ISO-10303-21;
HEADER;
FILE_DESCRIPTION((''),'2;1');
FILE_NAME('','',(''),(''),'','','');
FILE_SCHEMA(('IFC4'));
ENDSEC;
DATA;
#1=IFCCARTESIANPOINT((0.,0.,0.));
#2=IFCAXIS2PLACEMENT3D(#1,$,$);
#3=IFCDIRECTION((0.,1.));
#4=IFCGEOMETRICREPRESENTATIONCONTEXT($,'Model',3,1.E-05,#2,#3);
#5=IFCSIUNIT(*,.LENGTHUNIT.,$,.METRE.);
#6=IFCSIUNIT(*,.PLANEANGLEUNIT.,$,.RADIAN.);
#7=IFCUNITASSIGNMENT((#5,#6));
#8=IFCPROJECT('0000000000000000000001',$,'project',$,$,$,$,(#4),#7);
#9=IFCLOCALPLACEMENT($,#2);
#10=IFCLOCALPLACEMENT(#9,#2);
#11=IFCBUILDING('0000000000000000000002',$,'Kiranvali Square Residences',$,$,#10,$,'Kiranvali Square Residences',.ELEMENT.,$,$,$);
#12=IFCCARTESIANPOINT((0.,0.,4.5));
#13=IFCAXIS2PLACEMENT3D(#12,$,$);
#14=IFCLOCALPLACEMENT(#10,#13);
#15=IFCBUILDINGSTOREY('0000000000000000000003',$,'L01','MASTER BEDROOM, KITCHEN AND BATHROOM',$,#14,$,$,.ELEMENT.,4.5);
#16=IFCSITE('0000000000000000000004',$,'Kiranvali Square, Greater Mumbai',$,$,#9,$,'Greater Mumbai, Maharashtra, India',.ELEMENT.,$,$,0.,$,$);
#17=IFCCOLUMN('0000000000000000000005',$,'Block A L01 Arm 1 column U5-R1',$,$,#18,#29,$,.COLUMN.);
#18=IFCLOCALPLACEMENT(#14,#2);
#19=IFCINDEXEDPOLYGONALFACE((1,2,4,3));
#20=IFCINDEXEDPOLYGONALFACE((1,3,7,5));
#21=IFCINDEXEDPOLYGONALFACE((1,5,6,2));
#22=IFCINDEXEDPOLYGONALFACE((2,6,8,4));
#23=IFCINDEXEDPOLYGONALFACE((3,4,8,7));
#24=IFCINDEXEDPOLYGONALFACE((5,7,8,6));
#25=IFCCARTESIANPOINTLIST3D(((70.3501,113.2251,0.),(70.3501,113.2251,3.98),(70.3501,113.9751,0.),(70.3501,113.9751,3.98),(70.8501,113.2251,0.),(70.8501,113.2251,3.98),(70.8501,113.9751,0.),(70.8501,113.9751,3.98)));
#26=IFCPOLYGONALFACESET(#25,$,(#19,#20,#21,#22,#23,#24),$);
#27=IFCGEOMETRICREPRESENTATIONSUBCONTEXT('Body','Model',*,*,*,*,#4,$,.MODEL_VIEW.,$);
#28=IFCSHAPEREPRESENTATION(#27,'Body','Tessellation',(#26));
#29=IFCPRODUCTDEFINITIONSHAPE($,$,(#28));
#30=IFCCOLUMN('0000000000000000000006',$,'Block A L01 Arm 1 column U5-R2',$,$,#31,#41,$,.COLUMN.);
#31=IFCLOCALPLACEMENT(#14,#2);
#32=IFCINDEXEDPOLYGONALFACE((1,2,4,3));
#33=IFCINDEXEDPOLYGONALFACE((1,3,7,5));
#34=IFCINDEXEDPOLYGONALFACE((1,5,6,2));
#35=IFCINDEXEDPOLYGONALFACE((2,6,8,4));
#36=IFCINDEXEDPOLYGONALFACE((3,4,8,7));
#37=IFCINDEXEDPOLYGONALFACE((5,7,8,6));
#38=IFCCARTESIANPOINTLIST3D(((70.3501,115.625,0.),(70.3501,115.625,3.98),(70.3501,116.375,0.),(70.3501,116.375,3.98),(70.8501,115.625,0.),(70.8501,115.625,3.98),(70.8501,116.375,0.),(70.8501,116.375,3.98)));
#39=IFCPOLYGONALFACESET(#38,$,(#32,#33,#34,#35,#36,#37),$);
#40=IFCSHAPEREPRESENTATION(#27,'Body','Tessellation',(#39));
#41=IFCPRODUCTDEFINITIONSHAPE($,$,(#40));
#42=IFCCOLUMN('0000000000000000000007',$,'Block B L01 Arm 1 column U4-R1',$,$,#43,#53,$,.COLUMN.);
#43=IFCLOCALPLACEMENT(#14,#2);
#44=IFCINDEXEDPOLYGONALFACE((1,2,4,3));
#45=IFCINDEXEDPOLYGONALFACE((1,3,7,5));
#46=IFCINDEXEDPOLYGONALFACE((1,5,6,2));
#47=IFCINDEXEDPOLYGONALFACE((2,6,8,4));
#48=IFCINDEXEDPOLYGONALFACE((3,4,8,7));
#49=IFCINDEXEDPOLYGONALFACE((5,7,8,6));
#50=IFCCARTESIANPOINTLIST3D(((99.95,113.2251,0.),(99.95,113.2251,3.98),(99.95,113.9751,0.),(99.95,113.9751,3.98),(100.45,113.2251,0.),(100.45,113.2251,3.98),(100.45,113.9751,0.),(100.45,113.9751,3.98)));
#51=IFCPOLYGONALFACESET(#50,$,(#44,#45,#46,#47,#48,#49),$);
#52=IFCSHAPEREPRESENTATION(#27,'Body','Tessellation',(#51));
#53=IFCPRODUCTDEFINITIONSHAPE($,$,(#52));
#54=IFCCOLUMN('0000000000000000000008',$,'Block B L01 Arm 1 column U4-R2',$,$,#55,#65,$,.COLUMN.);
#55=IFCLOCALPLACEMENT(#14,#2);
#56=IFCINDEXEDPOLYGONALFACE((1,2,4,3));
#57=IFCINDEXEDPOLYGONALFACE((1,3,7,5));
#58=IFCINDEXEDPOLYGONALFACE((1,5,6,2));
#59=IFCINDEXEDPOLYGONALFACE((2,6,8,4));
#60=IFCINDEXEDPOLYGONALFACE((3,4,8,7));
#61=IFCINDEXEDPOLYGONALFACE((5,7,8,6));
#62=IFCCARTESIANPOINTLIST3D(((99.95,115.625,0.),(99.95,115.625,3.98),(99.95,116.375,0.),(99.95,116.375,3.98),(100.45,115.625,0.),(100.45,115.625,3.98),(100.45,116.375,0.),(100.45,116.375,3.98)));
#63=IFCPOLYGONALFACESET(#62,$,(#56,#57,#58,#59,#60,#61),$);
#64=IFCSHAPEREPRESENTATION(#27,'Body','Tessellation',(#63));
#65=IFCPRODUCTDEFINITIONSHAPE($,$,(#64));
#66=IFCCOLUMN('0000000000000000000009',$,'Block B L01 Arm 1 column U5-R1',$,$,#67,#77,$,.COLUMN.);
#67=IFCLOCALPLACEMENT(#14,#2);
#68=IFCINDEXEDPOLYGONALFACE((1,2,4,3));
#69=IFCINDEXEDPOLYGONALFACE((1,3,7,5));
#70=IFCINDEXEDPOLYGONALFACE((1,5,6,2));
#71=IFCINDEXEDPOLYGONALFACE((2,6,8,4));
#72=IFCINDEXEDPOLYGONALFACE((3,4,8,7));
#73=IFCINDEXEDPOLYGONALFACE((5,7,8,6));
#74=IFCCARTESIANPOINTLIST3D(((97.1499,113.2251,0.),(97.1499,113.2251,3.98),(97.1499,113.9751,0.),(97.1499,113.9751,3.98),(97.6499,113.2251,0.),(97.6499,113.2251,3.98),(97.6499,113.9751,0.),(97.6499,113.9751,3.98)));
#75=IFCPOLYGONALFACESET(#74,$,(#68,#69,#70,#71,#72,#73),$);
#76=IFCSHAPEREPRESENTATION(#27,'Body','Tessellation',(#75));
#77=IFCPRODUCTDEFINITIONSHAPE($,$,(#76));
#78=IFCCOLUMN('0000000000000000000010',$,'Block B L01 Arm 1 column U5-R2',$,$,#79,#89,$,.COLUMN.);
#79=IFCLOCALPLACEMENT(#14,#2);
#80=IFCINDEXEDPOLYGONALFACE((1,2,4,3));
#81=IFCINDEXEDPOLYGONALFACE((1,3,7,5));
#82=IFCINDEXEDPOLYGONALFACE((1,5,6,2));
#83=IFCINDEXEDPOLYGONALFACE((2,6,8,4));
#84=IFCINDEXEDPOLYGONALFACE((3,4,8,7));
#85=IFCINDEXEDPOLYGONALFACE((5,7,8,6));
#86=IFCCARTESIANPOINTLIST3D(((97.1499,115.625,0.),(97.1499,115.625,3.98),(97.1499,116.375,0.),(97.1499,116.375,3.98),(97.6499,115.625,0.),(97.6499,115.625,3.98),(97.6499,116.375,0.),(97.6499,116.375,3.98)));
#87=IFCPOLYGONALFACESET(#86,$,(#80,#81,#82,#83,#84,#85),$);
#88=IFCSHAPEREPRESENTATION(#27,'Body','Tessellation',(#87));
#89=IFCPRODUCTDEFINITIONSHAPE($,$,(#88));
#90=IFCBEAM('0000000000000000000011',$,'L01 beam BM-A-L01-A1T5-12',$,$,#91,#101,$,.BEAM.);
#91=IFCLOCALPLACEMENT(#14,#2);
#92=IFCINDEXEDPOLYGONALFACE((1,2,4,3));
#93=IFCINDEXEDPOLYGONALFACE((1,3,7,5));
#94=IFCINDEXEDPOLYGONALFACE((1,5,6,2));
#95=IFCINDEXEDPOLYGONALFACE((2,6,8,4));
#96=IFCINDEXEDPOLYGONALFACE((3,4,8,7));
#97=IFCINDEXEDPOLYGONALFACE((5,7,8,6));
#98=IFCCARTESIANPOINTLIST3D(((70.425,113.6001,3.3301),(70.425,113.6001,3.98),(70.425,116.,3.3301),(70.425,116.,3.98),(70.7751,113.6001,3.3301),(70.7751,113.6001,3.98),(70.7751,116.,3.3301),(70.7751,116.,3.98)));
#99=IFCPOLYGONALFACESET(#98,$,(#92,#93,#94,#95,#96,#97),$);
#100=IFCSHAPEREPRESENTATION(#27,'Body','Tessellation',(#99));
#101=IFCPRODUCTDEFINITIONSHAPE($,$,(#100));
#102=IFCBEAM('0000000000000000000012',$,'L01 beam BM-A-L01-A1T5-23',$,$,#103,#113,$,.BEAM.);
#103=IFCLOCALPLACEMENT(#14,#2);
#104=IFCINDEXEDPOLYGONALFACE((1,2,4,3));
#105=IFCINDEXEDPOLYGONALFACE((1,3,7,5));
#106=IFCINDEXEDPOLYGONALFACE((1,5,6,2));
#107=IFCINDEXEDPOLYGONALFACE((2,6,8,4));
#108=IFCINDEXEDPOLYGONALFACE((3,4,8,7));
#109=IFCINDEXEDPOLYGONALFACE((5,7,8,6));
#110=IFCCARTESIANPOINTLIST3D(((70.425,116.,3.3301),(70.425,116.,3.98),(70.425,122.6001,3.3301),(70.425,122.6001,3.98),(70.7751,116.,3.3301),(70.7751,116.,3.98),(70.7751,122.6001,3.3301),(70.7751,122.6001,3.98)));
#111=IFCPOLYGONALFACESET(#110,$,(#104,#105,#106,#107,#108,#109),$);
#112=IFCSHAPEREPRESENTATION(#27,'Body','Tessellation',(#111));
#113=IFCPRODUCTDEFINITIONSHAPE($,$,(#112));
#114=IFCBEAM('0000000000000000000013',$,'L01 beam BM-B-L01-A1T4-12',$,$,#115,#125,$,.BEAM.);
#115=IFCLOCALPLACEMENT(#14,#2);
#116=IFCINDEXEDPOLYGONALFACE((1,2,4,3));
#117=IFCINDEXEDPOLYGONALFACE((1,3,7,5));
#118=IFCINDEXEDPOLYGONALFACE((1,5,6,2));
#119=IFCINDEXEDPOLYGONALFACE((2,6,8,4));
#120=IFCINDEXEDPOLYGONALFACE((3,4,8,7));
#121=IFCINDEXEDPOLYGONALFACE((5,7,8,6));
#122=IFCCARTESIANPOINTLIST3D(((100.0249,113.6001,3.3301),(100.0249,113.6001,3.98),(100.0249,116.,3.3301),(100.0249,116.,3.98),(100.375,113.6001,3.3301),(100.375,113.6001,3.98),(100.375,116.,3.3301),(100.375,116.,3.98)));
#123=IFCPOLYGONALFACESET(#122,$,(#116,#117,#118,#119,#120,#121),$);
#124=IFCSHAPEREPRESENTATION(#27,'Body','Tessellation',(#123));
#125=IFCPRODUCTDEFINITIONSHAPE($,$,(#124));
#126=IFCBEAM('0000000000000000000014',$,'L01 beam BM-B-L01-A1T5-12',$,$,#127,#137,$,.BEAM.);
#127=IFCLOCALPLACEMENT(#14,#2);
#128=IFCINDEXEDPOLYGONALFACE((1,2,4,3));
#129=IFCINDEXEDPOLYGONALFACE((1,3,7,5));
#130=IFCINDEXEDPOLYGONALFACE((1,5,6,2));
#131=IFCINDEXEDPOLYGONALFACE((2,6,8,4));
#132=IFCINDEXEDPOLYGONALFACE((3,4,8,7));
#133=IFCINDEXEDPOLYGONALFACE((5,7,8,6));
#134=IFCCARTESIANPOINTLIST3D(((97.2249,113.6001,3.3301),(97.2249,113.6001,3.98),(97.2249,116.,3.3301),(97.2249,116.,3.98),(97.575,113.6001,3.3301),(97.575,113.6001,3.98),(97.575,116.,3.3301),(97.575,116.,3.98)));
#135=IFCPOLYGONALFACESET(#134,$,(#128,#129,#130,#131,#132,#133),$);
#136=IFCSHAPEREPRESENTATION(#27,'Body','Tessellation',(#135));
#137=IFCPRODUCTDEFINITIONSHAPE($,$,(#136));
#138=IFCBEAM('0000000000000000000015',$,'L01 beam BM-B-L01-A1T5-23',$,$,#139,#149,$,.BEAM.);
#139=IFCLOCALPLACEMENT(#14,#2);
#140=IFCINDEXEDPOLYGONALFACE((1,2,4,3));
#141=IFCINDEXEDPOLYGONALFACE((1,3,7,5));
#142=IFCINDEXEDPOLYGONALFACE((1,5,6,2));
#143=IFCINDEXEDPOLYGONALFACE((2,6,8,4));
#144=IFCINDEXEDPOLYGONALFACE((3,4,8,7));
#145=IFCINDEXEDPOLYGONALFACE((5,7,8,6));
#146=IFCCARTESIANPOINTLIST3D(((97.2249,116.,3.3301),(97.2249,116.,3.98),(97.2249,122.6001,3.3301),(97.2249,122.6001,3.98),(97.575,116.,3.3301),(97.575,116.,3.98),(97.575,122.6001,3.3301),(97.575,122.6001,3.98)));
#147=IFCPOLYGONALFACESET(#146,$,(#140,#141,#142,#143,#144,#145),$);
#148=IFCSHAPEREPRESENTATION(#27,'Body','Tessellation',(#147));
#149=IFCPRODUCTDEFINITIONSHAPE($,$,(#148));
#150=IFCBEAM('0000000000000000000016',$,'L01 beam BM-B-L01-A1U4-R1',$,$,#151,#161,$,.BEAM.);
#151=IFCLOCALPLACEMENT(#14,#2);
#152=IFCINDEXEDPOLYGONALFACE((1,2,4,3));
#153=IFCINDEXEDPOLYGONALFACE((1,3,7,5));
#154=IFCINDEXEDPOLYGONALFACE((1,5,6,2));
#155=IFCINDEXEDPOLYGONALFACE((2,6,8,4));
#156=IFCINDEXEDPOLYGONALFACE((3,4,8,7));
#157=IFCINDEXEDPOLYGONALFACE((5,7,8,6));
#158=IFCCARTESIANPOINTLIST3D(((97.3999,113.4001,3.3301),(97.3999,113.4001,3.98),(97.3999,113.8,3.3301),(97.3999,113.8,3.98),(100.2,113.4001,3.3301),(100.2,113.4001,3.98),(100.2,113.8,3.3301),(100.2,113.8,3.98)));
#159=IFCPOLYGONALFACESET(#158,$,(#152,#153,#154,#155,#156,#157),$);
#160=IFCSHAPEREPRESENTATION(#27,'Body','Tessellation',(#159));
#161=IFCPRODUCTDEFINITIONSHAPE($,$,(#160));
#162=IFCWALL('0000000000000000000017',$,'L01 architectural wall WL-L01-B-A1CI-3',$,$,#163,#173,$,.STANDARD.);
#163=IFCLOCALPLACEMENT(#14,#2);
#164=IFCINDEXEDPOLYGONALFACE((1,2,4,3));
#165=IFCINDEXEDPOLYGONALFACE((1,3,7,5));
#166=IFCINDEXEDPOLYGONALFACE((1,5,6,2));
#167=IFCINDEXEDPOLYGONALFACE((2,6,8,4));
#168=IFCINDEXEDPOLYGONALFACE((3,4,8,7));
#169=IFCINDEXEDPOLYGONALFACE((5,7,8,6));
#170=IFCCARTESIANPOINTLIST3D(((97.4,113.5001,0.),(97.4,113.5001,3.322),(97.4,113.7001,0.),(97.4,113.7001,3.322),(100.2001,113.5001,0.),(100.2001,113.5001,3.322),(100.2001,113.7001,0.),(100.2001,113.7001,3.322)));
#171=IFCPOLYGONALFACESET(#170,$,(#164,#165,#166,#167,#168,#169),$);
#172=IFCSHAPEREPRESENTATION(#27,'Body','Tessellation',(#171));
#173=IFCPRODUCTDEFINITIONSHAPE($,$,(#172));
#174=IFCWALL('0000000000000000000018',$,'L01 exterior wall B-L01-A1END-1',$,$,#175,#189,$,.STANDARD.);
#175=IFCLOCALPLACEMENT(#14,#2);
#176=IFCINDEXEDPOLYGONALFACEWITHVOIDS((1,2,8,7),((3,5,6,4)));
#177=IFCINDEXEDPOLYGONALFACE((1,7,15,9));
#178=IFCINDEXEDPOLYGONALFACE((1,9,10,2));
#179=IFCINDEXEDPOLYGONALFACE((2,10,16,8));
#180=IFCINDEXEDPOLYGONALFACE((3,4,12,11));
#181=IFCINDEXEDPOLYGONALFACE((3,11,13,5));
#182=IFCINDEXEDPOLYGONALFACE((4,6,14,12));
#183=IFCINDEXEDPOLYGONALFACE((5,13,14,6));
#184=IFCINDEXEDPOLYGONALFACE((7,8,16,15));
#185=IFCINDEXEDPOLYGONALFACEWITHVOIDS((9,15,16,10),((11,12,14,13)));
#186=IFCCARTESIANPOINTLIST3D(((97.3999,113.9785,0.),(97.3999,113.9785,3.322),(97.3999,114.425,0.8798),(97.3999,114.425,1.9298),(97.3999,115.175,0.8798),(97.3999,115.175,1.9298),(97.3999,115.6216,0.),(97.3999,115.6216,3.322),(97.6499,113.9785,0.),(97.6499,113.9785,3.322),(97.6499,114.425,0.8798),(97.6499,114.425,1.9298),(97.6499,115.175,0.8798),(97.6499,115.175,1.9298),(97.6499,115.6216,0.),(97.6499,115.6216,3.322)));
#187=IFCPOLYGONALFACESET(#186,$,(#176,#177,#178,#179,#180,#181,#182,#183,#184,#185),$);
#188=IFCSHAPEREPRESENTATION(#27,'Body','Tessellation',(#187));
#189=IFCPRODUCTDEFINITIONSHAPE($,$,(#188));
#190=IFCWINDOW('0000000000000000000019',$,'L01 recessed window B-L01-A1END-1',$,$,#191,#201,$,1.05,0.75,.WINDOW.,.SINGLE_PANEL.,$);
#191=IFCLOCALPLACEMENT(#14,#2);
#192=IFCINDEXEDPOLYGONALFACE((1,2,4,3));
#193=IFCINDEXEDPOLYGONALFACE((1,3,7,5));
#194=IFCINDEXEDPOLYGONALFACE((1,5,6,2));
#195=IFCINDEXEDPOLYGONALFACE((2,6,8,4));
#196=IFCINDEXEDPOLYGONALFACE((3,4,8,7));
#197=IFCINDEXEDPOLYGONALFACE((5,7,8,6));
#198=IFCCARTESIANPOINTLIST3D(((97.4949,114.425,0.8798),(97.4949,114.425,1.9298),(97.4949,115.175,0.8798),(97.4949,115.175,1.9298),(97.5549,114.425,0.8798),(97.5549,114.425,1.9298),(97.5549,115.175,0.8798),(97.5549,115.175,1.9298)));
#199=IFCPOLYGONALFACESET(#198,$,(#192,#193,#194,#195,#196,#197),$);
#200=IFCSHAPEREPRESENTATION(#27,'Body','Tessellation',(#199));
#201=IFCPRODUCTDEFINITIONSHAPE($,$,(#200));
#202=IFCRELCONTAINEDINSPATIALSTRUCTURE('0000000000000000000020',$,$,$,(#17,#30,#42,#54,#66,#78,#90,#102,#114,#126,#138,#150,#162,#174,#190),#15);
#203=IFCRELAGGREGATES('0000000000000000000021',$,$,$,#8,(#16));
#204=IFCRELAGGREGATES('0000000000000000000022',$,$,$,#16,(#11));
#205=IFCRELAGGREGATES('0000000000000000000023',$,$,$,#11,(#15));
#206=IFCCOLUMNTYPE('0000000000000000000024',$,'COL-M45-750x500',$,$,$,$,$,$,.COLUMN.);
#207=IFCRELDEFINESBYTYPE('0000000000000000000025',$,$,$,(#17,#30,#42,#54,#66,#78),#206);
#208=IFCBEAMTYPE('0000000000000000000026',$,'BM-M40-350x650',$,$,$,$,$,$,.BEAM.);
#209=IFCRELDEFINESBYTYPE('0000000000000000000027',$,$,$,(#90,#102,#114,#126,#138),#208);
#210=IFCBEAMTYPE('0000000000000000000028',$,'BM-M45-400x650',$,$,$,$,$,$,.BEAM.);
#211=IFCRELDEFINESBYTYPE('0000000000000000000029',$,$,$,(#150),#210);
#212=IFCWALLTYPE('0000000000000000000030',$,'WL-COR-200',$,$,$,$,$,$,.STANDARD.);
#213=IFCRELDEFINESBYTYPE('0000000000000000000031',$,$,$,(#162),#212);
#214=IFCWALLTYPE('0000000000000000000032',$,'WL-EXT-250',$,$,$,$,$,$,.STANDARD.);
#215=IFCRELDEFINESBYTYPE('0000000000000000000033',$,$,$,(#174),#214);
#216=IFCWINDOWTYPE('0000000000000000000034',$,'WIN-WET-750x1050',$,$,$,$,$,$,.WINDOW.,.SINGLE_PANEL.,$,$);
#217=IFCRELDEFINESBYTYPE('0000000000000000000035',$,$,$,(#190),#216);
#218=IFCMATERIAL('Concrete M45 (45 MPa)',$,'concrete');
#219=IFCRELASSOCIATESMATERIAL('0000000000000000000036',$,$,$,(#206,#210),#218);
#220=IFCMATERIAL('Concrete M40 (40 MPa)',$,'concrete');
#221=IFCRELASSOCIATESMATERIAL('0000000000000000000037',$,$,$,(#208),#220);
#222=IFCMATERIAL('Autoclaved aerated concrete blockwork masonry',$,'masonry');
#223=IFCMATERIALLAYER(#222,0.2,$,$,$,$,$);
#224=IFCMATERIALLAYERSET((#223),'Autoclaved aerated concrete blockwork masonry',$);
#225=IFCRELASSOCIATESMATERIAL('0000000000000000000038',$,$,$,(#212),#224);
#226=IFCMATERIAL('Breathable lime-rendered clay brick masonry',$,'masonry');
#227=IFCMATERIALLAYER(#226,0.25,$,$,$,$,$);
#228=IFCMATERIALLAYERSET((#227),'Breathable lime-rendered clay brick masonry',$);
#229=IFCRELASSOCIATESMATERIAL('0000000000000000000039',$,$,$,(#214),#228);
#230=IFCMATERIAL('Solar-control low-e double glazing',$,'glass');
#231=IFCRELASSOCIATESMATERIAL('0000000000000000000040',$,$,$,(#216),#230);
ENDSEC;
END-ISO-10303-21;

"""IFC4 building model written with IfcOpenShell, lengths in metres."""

from ifc_helpers import new_model, si_unit, direction, frame, frame_2d, origin, origin_2d, place, context, subcontext, project, spatial, rectangle, extrude, material, layer, layer_set, material_profile, profile_set, type_object, element, fill, save


model = new_model("IFC4")

# Units and contexts
model_context = context("Model", 3, precision=1e-05, world=origin(), true_north=direction((0.0, 1.0)))
body_context = subcontext(model_context, "Body", "Model", "MODEL_VIEW")
ifc_project = project(units=[si_unit("LENGTHUNIT", "METRE"), si_unit("PLANEANGLEUNIT", "RADIAN")], contexts=[model_context])

# Site, building, storey
site_placement = place(None, origin())
site = spatial("IfcSite", under=ifc_project, at=site_placement, Name="Kiranvali Square, Greater Mumbai", LongName="Greater Mumbai, Maharashtra, India", CompositionType="ELEMENT", RefElevation=0.0)
building_placement = place(site_placement, origin())
building = spatial("IfcBuilding", under=site, at=building_placement, Name="Kiranvali Square Residences", LongName="Kiranvali Square Residences", CompositionType="ELEMENT")
storey_placement = place(building_placement, frame((0.0, 0.0, 4.5)))
storey = spatial("IfcBuildingStorey", under=building, at=storey_placement, Name="L01", Description="MASTER BEDROOM, KITCHEN AND BATHROOM", CompositionType="ELEMENT", Elevation=4.5)

# Columns
ifc_material_1 = material(Name="Concrete M45 (45 MPa)", Category="concrete")
ifc_material_profile_1 = material_profile(ifc_material_1, rectangle(XDim=0.5, YDim=0.75, at=origin_2d()), Name="RC 750x500")
ifc_profile_set_1 = profile_set([ifc_material_profile_1], Name="Concrete M45 (45 MPa)")
column_type = type_object("IfcColumnType", Name="COL-M45-750x500", PredefinedType="COLUMN", material=ifc_profile_set_1)
for number, where, z_axis, x_axis, name in (
    (1, (70.6001, 113.6001, 0.0), (0.0, 0.0, 1.0), (1.0, 0.0, 0.0), "Block A L01 Arm 1 column U5-R1"),
    (2, (70.6001, 116.0, 0.0), (0.0, 0.0, 1.0), (1.0, 0.0, 0.0), "Block A L01 Arm 1 column U5-R2"),
    (3, (100.2, 113.6001, 0.0), (0.0, 0.0, 1.0), (1.0, 0.0, 0.0), "Block B L01 Arm 1 column U4-R1"),
    (4, (100.2, 116.0, 0.0), (0.0, 0.0, 1.0), (1.0, 0.0, 0.0), "Block B L01 Arm 1 column U4-R2"),
    (5, (97.3999, 113.6001, 0.0), (0.0, 0.0, 1.0), (1.0, 0.0, 0.0), "Block B L01 Arm 1 column U5-R1"),
    (6, (97.3999, 116.0, 0.0), (0.0, 0.0, 1.0), (1.0, 0.0, 0.0), "Block B L01 Arm 1 column U5-R2"),
):
    element("IfcColumn", number, at=place(storey_placement, frame(where, z_axis=z_axis, x_axis=x_axis)), inside=storey, type_object=column_type, Name=name, PredefinedType="COLUMN", context=body_context, shape_type="SweptSolid", body=[
        extrude(rectangle(XDim=0.5, YDim=0.75, at=origin_2d()), origin(), (0.0, 0.0, 1.0), 3.98),
    ])

# Beams
ifc_material_2 = material(Name="Concrete M40 (40 MPa)", Category="concrete")
ifc_material_profile_2 = material_profile(ifc_material_2, rectangle(XDim=0.3501, YDim=0.6499, at=origin_2d()), Name="RC 350x650")
ifc_profile_set_2 = profile_set([ifc_material_profile_2], Name="Concrete M40 (40 MPa)")
beam_type_1 = type_object("IfcBeamType", Name="BM-M40-350x650", PredefinedType="BEAM", material=ifc_profile_set_2)
beam_1_placement = place(storey_placement, frame((70.6001, 113.6001, 3.655), z_axis=(0.0, 1.0, 0.0), x_axis=(-1.0, 0.0, 0.0)))
element("IfcBeam", 7, at=beam_1_placement, inside=storey, type_object=beam_type_1, Name="L01 beam BM-A-L01-A1T5-12", PredefinedType="BEAM", context=body_context, shape_type="SweptSolid", body=[
    extrude(rectangle(XDim=0.3501, YDim=0.6499, at=origin_2d()), origin(), (0.0, 0.0, 1.0), 2.3999),
])
beam_2_placement = place(storey_placement, frame((70.6001, 116.0, 3.655), z_axis=(0.0, 1.0, 0.0), x_axis=(-1.0, 0.0, 0.0)))
element("IfcBeam", 8, at=beam_2_placement, inside=storey, type_object=beam_type_1, Name="L01 beam BM-A-L01-A1T5-23", PredefinedType="BEAM", context=body_context, shape_type="SweptSolid", body=[
    extrude(rectangle(XDim=0.3501, YDim=0.6499, at=origin_2d()), origin(), (0.0, 0.0, 1.0), 6.6001),
])
for number, where, z_axis, x_axis, name in (
    (9, (100.2, 113.6001, 3.655), (0.0, 1.0, 0.0), (-1.0, 0.0, 0.0), "L01 beam BM-B-L01-A1T4-12"),
    (10, (97.3999, 113.6001, 3.655), (0.0, 1.0, 0.0), (-1.0, 0.0, 0.0), "L01 beam BM-B-L01-A1T5-12"),
):
    element("IfcBeam", number, at=place(storey_placement, frame(where, z_axis=z_axis, x_axis=x_axis)), inside=storey, type_object=beam_type_1, Name=name, PredefinedType="BEAM", context=body_context, shape_type="SweptSolid", body=[
        extrude(rectangle(XDim=0.3501, YDim=0.6499, at=origin_2d()), origin(), (0.0, 0.0, 1.0), 2.3999),
    ])
beam_3_placement = place(storey_placement, frame((97.3999, 116.0, 3.655), z_axis=(0.0, 1.0, 0.0), x_axis=(-1.0, 0.0, 0.0)))
element("IfcBeam", 11, at=beam_3_placement, inside=storey, type_object=beam_type_1, Name="L01 beam BM-B-L01-A1T5-23", PredefinedType="BEAM", context=body_context, shape_type="SweptSolid", body=[
    extrude(rectangle(XDim=0.3501, YDim=0.6499, at=origin_2d()), origin(), (0.0, 0.0, 1.0), 6.6001),
])
ifc_material_profile_3 = material_profile(ifc_material_1, rectangle(XDim=0.3999, YDim=0.6499, at=origin_2d()), Name="RC 400x650")
ifc_profile_set_3 = profile_set([ifc_material_profile_3], Name="Concrete M45 (45 MPa)")
beam_type_2 = type_object("IfcBeamType", Name="BM-M45-400x650", PredefinedType="BEAM", material=ifc_profile_set_3)
beam_4_placement = place(storey_placement, frame((100.2, 113.6001, 3.655), z_axis=(-1.0, 0.0, 0.0), x_axis=(0.0, -1.0, 0.0)))
element("IfcBeam", 12, at=beam_4_placement, inside=storey, type_object=beam_type_2, Name="L01 beam BM-B-L01-A1U4-R1", PredefinedType="BEAM", context=body_context, shape_type="SweptSolid", body=[
    extrude(rectangle(XDim=0.3999, YDim=0.6499, at=origin_2d()), origin(), (0.0, 0.0, 1.0), 2.8),
])

# Wall
ifc_material_3 = material(Name="Autoclaved aerated concrete blockwork masonry", Category="masonry")
ifc_layer_1 = layer(ifc_material_3, 0.2)
ifc_layer_set_1 = layer_set([ifc_layer_1], Name="Autoclaved aerated concrete blockwork masonry")
wall_type_1 = type_object("IfcWallType", Name="WL-COR-200", PredefinedType="STANDARD", material=ifc_layer_set_1)
wall_1_placement = place(storey_placement, frame((100.2, 113.6001, 0.0), z_axis=(0.0, 0.0, 1.0), x_axis=(-1.0, 0.0, 0.0)))
element("IfcWall", 13, at=wall_1_placement, inside=storey, type_object=wall_type_1, Name="L01 architectural wall WL-L01-B-A1CI-3", PredefinedType="STANDARD", context=body_context, shape_type="SweptSolid", body=[
    extrude(rectangle(XDim=2.8, YDim=0.2, at=frame_2d((1.3999, 0.0))), origin(), (0.0, 0.0, 1.0), 3.322),
])

# Wall, opening, window
ifc_material_4 = material(Name="Breathable lime-rendered clay brick masonry", Category="masonry")
ifc_layer_2 = layer(ifc_material_4, 0.25)
ifc_layer_set_2 = layer_set([ifc_layer_2], Name="Breathable lime-rendered clay brick masonry")
wall_type_2 = type_object("IfcWallType", Name="WL-EXT-250", PredefinedType="STANDARD", material=ifc_layer_set_2)
wall_2_placement = place(storey_placement, frame((97.5249, 113.9785, 0.0), z_axis=(0.0, 0.0, 1.0), x_axis=(0.0, 1.0, 0.0)))
wall_2 = element("IfcWall", 14, at=wall_2_placement, inside=storey, type_object=wall_type_2, Name="L01 exterior wall B-L01-A1END-1", PredefinedType="STANDARD", context=body_context, shape_type="SweptSolid", body=[
    extrude(rectangle(XDim=1.6431, YDim=0.25, at=frame_2d((0.8215, 0.0))), origin(), (0.0, 0.0, 1.0), 3.322),
])
opening_1_placement = place(wall_2_placement, frame((0.4465, 0.0, 0.8799)))
opening_1 = element("IfcOpeningElement", 15, at=opening_1_placement, cuts=wall_2, PredefinedType="OPENING", context=body_context, shape_type="SweptSolid", body=[
    extrude(rectangle(XDim=0.75, YDim=1.05, at=frame_2d((0.375, 0.5249))), frame((0.0, 0.135, 0.0), z_axis=(0.0, -1.0, 0.0), x_axis=(1.0, 0.0, 0.0)), (0.0, 0.0, 1.0), 0.27),
])
ifc_material_5 = material(Name="Solar-control low-e double glazing", Category="glass")
window_type_1 = type_object("IfcWindowType", Name="WIN-WET-750x1050", PartitioningType="SINGLE_PANEL", PredefinedType="WINDOW", material=ifc_material_5)
window_1_placement = place(opening_1_placement, origin())
window_1 = element("IfcWindow", 16, at=window_1_placement, inside=storey, type_object=window_type_1, Name="L01 recessed window B-L01-A1END-1", OverallHeight=1.05, OverallWidth=0.75, PartitioningType="SINGLE_PANEL", PredefinedType="WINDOW", context=body_context, shape_type="SweptSolid", body=[
    extrude(rectangle(XDim=0.75, YDim=1.05, at=frame_2d((0.375, 0.5249))), frame((0.0, 0.03, 0.0), z_axis=(0.0, -1.0, 0.0), x_axis=(1.0, 0.0, 0.0)), (0.0, 0.0, 1.0), 0.0601),
])
fill(opening_1, window_1)

save(model, "model.ifc")
